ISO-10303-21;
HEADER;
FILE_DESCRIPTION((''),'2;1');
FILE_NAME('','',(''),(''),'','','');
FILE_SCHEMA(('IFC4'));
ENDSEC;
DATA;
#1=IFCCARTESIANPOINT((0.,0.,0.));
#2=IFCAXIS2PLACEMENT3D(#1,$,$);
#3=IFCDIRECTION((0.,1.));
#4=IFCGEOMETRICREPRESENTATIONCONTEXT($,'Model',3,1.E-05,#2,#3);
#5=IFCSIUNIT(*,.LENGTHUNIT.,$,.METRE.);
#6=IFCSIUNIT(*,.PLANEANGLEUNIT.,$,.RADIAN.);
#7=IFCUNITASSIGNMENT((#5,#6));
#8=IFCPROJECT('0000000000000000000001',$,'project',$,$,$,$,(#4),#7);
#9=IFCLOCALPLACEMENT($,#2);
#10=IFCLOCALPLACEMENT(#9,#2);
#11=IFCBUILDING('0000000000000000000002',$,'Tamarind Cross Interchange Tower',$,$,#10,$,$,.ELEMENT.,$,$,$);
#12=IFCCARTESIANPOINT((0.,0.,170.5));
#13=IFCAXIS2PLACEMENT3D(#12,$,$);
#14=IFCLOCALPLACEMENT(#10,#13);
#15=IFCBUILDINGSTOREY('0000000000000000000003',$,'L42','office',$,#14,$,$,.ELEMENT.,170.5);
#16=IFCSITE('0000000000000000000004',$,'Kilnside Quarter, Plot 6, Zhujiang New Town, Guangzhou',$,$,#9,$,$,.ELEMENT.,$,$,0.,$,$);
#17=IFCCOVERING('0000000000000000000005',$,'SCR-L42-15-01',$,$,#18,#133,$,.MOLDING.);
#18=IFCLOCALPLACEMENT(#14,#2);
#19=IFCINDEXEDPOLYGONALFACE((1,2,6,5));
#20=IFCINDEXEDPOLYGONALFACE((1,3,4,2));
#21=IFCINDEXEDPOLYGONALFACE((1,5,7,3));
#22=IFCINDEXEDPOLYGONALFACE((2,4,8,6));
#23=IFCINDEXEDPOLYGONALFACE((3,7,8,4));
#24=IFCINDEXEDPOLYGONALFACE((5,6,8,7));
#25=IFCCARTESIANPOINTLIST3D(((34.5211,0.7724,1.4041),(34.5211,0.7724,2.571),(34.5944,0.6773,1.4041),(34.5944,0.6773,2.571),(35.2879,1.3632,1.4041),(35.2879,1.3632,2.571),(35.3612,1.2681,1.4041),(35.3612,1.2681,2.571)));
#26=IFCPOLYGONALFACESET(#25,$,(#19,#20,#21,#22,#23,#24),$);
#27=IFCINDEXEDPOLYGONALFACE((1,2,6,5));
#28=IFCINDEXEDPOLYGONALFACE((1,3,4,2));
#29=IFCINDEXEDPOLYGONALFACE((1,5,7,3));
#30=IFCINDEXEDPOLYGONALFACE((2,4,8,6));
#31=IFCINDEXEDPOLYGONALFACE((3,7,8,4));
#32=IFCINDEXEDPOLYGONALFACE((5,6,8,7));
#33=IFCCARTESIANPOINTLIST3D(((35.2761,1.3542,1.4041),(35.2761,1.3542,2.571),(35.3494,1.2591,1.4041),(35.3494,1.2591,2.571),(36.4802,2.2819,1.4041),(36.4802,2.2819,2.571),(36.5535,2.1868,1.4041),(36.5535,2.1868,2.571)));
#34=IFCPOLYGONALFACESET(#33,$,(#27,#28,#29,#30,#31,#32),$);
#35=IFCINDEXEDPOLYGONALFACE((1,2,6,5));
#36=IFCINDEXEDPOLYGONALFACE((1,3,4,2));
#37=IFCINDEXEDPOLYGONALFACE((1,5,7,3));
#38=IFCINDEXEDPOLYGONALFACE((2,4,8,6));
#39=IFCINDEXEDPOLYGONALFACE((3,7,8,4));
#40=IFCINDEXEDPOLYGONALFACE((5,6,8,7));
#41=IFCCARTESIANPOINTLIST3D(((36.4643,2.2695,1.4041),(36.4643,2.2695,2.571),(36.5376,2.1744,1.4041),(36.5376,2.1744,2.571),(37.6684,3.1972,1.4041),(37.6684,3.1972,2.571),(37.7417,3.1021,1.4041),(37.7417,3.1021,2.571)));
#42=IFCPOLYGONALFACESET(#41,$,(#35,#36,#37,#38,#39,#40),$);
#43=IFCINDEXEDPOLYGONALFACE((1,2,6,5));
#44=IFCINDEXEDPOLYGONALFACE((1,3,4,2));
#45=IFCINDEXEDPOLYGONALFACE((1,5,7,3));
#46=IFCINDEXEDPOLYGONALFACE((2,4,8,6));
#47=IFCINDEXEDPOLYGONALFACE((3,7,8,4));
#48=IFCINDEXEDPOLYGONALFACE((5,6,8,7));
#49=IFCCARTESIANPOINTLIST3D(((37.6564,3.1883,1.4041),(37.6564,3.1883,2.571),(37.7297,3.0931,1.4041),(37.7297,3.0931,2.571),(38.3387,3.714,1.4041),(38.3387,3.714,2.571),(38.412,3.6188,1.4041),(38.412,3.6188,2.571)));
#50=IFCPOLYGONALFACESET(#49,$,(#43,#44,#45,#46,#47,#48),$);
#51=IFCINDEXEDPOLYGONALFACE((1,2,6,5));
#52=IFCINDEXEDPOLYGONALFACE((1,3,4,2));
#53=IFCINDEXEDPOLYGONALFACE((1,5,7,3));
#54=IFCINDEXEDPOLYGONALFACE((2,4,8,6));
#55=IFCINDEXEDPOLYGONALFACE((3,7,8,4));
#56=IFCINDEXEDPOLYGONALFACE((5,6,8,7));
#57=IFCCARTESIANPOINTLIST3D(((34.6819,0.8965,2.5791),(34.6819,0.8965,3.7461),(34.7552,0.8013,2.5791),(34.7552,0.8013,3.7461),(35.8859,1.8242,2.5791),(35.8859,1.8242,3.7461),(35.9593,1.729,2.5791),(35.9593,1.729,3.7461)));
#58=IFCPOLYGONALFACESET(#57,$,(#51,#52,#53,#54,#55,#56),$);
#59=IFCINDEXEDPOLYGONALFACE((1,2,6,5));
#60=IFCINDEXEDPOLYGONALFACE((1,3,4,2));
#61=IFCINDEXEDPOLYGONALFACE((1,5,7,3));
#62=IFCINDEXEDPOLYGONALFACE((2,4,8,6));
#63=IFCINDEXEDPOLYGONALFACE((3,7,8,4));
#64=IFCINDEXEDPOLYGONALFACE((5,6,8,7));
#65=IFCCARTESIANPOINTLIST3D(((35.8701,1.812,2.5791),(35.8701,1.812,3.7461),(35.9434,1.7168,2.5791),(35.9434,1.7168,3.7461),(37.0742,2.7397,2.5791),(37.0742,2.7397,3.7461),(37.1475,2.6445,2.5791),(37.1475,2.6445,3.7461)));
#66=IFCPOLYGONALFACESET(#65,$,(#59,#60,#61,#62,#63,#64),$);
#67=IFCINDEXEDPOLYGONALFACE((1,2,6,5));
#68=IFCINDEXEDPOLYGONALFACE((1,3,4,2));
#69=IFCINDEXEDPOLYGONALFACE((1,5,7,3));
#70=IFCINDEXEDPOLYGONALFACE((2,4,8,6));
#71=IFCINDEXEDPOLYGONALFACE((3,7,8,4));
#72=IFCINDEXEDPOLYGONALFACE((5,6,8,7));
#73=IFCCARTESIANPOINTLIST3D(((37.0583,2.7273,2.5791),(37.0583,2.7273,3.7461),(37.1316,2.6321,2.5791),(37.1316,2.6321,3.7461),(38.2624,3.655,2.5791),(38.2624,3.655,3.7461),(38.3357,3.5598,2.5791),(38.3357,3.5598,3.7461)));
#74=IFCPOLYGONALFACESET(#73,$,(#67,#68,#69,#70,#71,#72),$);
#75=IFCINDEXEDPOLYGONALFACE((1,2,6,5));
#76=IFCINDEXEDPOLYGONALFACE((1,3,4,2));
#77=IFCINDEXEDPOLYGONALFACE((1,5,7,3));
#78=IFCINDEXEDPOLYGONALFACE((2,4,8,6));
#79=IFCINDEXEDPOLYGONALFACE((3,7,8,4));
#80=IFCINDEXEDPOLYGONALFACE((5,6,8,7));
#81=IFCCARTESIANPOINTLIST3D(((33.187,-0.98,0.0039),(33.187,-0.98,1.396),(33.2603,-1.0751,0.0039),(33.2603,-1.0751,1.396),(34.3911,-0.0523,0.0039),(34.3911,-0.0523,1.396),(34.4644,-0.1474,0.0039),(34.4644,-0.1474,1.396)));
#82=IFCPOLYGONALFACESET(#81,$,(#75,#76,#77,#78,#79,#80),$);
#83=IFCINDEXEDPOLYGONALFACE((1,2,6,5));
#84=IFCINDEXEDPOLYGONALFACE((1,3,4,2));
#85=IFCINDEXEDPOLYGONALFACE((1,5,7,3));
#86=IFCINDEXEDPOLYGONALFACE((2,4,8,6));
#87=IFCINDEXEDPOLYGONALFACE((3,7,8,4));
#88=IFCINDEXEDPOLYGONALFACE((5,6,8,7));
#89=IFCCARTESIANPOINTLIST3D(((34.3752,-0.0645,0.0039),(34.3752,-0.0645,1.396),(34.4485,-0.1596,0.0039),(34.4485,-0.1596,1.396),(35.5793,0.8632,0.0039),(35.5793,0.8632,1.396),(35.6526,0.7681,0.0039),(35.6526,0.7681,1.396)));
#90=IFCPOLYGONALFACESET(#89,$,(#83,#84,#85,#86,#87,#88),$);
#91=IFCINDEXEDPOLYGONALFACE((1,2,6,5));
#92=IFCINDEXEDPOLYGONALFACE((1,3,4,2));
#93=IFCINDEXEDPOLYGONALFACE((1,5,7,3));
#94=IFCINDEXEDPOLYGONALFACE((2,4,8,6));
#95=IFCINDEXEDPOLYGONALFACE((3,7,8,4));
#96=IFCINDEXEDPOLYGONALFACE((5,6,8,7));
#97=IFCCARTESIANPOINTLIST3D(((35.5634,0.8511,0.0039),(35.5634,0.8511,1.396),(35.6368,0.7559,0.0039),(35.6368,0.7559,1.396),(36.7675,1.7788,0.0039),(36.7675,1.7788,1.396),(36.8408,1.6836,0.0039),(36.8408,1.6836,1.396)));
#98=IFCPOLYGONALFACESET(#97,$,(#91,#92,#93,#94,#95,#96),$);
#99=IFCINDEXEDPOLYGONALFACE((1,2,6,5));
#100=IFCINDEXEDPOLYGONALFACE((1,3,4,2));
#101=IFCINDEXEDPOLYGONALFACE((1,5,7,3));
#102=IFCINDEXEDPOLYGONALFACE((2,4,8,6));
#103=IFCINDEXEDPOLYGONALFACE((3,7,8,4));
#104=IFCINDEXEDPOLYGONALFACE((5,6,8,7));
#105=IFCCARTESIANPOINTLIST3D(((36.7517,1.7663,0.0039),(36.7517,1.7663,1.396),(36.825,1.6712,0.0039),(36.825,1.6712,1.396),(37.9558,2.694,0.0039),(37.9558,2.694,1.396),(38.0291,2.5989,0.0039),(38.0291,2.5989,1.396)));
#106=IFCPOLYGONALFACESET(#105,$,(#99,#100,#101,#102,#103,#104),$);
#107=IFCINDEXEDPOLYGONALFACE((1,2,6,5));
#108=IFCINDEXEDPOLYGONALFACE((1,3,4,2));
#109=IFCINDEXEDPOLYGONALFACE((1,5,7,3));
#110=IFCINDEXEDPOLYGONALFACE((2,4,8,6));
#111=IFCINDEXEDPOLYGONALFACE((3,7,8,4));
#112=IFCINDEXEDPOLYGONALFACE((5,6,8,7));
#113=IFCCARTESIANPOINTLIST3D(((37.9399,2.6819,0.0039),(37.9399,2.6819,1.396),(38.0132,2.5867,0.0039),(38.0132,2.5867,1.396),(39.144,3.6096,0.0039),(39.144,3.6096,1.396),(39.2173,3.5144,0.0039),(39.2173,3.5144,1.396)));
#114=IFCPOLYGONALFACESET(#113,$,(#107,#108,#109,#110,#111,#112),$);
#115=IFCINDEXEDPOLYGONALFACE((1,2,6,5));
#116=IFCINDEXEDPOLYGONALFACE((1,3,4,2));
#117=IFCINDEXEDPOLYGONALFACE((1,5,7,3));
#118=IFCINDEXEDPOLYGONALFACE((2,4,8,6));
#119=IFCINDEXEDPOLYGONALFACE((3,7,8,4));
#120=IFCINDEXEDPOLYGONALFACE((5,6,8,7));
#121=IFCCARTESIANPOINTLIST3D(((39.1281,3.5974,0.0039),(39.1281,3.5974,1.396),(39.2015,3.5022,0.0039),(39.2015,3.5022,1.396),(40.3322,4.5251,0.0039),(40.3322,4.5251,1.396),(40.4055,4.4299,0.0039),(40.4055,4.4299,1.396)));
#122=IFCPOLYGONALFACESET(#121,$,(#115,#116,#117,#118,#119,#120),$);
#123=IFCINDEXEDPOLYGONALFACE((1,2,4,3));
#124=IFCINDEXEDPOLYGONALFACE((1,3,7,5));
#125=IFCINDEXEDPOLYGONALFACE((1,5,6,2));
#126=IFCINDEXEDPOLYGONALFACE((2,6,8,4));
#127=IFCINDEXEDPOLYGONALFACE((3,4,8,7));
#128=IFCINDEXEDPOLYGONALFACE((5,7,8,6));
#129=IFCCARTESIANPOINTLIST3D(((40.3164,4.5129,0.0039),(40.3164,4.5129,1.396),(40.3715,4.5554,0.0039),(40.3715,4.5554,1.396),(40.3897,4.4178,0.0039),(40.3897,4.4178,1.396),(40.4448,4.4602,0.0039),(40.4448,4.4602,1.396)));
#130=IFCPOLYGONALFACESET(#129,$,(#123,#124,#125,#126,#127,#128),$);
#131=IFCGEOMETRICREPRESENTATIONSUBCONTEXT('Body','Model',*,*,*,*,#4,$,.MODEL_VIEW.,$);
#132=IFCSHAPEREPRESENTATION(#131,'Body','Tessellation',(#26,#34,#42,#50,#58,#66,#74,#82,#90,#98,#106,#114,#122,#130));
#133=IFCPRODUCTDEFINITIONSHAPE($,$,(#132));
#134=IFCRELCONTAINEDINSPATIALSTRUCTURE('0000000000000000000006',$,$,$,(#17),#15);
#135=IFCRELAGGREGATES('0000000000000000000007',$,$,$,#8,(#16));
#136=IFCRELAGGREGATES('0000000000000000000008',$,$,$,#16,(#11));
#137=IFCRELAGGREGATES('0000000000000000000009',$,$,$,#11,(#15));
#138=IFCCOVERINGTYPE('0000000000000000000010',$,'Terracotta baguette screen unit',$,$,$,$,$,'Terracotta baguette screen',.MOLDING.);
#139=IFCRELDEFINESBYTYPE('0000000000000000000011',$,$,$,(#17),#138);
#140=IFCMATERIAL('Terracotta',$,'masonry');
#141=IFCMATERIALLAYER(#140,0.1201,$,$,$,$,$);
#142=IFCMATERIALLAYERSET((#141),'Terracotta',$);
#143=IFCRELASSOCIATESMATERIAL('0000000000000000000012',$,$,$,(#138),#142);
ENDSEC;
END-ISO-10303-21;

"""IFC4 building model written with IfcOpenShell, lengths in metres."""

from ifc_helpers import new_model, si_unit, direction, frame, origin, origin_2d, place, context, subcontext, project, spatial, rectangle, extrude, material, layer, layer_set, type_object, element, save


model = new_model("IFC4")

# Units and contexts
model_context = context("Model", 3, precision=1e-05, world=origin(), true_north=direction((0.0, 1.0)))
body_context = subcontext(model_context, "Body", "Model", "MODEL_VIEW")
ifc_project = project(units=[si_unit("LENGTHUNIT", "METRE"), si_unit("PLANEANGLEUNIT", "RADIAN")], contexts=[model_context])

# Site, building, storey
site_placement = place(None, origin())
site = spatial("IfcSite", under=ifc_project, at=site_placement, Name="Kilnside Quarter, Plot 6, Zhujiang New Town, Guangzhou", CompositionType="ELEMENT", RefElevation=0.0)
building_placement = place(site_placement, origin())
building = spatial("IfcBuilding", under=site, at=building_placement, Name="Tamarind Cross Interchange Tower", CompositionType="ELEMENT")
storey_placement = place(building_placement, frame((0.0, 0.0, 170.5)))
storey = spatial("IfcBuildingStorey", under=building, at=storey_placement, Name="L42", Description="office", CompositionType="ELEMENT", Elevation=170.5)

# Covering
ifc_material_1 = material(Name="Terracotta", Category="masonry")
ifc_layer_1 = layer(ifc_material_1, 0.1201)
ifc_layer_set_1 = layer_set([ifc_layer_1], Name="Terracotta")
covering_type = type_object("IfcCoveringType", Name="Terracotta baguette screen unit", ElementType="Terracotta baguette screen", PredefinedType="MOLDING", material=ifc_layer_set_1)
covering_1_placement = place(storey_placement, origin())
element("IfcCovering", 1, at=covering_1_placement, inside=storey, type_object=covering_type, Name="SCR-L42-15-01", PredefinedType="MOLDING", context=body_context, shape_type="SweptSolid", body=[
    extrude(rectangle(XDim=0.968, YDim=0.1201, at=origin_2d()), frame((34.9412, 1.0203, 1.4041), z_axis=(0.0, 0.0, 1.0), x_axis=(0.792153, 0.610322, 0.0)), (0.0, 0.0, 1.0), 1.167),
    extrude(rectangle(XDim=1.52, YDim=0.1201, at=origin_2d()), frame((35.9148, 1.7705, 1.4041), z_axis=(0.0, 0.0, 1.0), x_axis=(0.792153, 0.610322, 0.0)), (0.0, 0.0, 1.0), 1.167),
    extrude(rectangle(XDim=1.52, YDim=0.1201, at=origin_2d()), frame((37.103, 2.6858, 1.4041), z_axis=(0.0, 0.0, 1.0), x_axis=(0.792153, 0.610322, 0.0)), (0.0, 0.0, 1.0), 1.167),
    extrude(rectangle(XDim=0.8613, YDim=0.1201, at=origin_2d()), frame((38.0342, 3.4036, 1.4041), z_axis=(0.0, 0.0, 1.0), x_axis=(0.792153, 0.610322, 0.0)), (0.0, 0.0, 1.0), 1.167),
    extrude(rectangle(XDim=1.52, YDim=0.1201, at=origin_2d()), frame((35.3206, 1.3127, 2.5791), z_axis=(0.0, 0.0, 1.0), x_axis=(0.792153, 0.610322, 0.0)), (0.0, 0.0, 1.0), 1.167),
    extrude(rectangle(XDim=1.52, YDim=0.1201, at=origin_2d()), frame((36.5088, 2.2283, 2.5791), z_axis=(0.0, 0.0, 1.0), x_axis=(0.792153, 0.610322, 0.0)), (0.0, 0.0, 1.0), 1.167),
    extrude(rectangle(XDim=1.52, YDim=0.1201, at=origin_2d()), frame((37.697, 3.1436, 2.5791), z_axis=(0.0, 0.0, 1.0), x_axis=(0.792153, 0.610322, 0.0)), (0.0, 0.0, 1.0), 1.167),
    extrude(rectangle(XDim=1.52, YDim=0.1201, at=origin_2d()), frame((33.8257, -0.5637, 0.0039), z_axis=(0.0, 0.0, 1.0), x_axis=(0.792153, 0.610322, 0.0)), (0.0, 0.0, 1.0), 1.3921),
    extrude(rectangle(XDim=1.52, YDim=0.1201, at=origin_2d()), frame((35.0139, 0.3518, 0.0039), z_axis=(0.0, 0.0, 1.0), x_axis=(0.792153, 0.610322, 0.0)), (0.0, 0.0, 1.0), 1.3921),
    extrude(rectangle(XDim=1.52, YDim=0.1201, at=origin_2d()), frame((36.2021, 1.2673, 0.0039), z_axis=(0.0, 0.0, 1.0), x_axis=(0.792153, 0.610322, 0.0)), (0.0, 0.0, 1.0), 1.3921),
    extrude(rectangle(XDim=1.52, YDim=0.1201, at=origin_2d()), frame((37.3904, 2.1826, 0.0039), z_axis=(0.0, 0.0, 1.0), x_axis=(0.792153, 0.610322, 0.0)), (0.0, 0.0, 1.0), 1.3921),
    extrude(rectangle(XDim=1.52, YDim=0.1201, at=origin_2d()), frame((38.5786, 3.0981, 0.0039), z_axis=(0.0, 0.0, 1.0), x_axis=(0.792153, 0.610322, 0.0)), (0.0, 0.0, 1.0), 1.3921),
    extrude(rectangle(XDim=1.52, YDim=0.1201, at=origin_2d()), frame((39.7668, 4.0137, 0.0039), z_axis=(0.0, 0.0, 1.0), x_axis=(0.792153, 0.610322, 0.0)), (0.0, 0.0, 1.0), 1.3921),
    extrude(rectangle(XDim=0.0696, YDim=0.1201, at=origin_2d()), frame((40.3806, 4.4866, 0.0039), z_axis=(0.0, 0.0, 1.0), x_axis=(0.792153, 0.610322, 0.0)), (0.0, 0.0, 1.0), 1.3921),
])

save(model, "model.ifc")
